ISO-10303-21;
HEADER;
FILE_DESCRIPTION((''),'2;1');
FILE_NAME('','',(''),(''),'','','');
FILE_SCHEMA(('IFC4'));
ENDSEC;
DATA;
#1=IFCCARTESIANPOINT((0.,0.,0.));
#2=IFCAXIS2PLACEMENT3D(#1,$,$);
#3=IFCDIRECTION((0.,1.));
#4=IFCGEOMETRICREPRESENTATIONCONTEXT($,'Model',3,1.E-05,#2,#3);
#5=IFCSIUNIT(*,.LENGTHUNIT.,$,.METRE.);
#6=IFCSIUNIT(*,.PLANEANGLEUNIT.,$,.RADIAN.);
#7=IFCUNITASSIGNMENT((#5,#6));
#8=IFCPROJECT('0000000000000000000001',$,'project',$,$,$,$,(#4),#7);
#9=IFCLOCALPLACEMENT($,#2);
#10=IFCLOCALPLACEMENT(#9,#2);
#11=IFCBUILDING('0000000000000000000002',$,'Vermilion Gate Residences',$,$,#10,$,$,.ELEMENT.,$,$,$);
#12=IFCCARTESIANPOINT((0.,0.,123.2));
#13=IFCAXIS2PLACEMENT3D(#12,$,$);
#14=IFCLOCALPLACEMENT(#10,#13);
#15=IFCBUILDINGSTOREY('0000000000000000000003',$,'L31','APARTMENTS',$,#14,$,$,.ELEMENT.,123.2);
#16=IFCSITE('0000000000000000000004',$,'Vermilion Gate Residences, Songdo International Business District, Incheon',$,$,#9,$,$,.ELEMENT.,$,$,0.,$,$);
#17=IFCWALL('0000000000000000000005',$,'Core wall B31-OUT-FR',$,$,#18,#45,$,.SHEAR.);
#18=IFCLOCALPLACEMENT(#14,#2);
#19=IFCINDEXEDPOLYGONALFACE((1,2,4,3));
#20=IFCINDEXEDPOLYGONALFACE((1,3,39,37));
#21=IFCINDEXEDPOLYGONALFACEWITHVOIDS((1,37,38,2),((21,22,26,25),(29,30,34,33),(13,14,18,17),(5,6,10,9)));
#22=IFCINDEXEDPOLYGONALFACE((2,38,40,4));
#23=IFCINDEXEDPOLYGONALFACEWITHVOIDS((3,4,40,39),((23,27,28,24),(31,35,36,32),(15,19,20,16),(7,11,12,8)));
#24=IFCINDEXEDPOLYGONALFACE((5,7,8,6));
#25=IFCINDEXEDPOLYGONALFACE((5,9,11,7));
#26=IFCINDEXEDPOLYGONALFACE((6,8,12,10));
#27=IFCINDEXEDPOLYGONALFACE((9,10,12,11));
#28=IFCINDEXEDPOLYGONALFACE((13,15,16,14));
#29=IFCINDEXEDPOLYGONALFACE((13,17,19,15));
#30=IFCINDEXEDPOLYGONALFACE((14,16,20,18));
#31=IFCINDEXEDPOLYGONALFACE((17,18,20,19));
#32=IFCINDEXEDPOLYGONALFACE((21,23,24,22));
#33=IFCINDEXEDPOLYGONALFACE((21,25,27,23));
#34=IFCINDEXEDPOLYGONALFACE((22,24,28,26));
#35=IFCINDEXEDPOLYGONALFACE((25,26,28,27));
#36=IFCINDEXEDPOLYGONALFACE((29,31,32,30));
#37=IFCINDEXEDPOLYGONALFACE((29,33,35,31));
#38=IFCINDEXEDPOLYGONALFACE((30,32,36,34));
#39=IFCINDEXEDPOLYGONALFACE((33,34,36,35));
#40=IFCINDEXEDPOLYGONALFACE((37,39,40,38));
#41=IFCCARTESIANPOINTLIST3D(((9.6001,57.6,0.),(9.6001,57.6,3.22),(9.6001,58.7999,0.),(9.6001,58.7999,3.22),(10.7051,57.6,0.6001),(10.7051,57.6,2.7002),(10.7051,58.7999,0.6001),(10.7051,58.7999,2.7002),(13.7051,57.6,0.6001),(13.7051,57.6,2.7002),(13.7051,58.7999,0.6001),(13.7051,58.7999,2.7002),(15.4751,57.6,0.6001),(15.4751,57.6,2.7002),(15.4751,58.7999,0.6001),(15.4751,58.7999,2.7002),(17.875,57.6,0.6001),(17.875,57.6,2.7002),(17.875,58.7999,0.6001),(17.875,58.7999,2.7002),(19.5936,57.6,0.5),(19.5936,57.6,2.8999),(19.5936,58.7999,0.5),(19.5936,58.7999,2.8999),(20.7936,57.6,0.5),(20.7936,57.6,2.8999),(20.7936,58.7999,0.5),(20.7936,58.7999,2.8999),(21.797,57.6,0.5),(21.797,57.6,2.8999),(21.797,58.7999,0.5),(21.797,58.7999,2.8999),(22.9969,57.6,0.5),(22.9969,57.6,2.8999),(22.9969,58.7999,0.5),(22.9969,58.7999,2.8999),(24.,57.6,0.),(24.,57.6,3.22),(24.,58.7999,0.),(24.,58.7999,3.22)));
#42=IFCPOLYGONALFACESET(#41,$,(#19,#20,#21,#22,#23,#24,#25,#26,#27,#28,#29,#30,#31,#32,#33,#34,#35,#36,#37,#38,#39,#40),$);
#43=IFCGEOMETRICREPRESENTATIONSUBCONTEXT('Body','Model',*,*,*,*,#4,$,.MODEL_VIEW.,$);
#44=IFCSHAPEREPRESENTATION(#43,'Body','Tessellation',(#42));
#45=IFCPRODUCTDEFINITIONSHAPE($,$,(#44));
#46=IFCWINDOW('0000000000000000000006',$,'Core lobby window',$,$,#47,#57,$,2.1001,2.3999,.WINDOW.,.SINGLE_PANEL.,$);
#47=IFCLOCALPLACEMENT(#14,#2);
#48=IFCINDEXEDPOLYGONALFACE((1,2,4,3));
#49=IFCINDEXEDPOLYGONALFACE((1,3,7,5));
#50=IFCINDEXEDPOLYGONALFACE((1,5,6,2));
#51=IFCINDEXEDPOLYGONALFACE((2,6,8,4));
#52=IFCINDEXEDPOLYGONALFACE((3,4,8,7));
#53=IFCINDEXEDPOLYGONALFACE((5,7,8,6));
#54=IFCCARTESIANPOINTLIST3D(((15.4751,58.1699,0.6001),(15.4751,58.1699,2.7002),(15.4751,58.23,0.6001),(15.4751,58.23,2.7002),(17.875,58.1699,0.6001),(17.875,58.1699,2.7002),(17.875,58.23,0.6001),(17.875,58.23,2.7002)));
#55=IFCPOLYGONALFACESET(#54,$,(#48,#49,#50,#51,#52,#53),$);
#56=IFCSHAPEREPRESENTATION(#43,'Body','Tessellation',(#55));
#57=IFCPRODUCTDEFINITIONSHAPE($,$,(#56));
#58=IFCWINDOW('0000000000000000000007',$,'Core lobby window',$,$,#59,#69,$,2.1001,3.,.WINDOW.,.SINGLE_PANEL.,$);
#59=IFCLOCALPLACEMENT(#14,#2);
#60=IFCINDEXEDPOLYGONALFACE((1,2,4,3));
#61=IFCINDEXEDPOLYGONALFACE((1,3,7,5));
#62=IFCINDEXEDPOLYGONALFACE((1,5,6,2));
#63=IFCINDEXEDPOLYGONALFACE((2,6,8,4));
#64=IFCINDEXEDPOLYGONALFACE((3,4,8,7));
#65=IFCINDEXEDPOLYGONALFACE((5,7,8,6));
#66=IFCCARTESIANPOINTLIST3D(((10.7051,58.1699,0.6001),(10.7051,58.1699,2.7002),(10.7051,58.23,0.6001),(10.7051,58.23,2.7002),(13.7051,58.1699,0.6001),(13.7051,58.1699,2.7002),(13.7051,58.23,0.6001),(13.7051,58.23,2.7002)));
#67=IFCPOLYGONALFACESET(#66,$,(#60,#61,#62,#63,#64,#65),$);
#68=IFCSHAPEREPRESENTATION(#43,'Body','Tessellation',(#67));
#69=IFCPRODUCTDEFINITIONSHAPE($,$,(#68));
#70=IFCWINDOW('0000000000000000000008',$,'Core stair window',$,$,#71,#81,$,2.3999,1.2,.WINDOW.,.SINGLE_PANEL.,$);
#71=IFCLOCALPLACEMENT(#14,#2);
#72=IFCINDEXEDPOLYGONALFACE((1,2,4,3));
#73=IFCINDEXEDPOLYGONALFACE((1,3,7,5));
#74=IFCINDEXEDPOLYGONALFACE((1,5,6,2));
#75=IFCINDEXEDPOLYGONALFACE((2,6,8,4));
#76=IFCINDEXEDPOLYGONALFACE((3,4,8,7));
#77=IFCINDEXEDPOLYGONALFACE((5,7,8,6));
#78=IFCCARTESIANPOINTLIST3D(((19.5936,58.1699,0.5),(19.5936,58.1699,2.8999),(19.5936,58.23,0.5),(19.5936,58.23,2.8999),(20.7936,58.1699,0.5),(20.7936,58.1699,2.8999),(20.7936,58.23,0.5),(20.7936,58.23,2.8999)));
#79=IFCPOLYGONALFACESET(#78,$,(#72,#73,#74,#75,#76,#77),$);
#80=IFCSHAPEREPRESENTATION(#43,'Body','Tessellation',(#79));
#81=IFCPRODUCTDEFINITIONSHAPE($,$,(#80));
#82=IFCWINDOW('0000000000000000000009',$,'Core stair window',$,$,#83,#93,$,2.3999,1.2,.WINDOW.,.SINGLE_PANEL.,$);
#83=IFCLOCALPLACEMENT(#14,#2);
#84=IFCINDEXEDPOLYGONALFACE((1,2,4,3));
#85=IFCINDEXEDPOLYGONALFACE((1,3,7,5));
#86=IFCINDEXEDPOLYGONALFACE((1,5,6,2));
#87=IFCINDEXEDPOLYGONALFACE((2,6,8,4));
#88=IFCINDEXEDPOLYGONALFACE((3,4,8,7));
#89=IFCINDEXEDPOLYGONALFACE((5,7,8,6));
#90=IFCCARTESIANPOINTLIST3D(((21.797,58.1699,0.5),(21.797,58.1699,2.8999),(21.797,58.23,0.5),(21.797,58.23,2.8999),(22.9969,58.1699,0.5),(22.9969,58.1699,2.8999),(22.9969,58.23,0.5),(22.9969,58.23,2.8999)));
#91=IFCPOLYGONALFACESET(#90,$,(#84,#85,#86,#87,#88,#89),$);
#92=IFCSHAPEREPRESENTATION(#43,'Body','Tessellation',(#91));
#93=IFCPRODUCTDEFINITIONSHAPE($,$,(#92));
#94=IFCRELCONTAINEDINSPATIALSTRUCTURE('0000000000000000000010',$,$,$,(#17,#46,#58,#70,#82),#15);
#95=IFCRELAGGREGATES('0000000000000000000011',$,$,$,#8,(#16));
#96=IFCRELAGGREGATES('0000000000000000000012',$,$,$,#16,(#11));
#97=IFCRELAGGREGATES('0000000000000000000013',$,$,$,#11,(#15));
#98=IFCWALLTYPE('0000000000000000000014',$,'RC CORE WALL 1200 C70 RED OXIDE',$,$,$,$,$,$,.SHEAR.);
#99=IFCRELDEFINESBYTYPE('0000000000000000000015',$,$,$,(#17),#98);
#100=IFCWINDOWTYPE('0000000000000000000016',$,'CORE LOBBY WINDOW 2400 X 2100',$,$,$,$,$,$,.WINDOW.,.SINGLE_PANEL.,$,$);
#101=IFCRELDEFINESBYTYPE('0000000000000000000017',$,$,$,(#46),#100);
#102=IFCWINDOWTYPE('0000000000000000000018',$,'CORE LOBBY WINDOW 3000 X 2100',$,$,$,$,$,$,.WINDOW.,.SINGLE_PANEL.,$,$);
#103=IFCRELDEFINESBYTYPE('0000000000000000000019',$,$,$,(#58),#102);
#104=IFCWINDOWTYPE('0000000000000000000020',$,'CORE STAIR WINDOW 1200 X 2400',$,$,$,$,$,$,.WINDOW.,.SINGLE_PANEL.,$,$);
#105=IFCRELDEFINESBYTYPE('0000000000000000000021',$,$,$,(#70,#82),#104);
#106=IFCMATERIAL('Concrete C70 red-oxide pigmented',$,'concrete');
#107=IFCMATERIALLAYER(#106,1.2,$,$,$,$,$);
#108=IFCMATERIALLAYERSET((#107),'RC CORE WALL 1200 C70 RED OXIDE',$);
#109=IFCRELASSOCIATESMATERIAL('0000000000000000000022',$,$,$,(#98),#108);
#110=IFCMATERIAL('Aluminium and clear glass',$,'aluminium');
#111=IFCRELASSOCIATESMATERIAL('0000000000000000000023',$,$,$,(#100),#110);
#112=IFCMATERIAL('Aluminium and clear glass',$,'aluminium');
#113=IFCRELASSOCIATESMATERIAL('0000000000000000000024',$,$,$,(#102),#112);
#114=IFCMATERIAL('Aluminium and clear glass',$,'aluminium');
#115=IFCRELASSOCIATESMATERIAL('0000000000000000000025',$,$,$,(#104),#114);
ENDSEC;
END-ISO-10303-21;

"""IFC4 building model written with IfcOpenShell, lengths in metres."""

from ifc_helpers import new_model, si_unit, direction, frame, frame_2d, origin, place, context, subcontext, project, spatial, rectangle, extrude, material, layer, layer_set, type_object, element, fill, save


model = new_model("IFC4")

# Units and contexts
model_context = context("Model", 3, precision=1e-05, world=origin(), true_north=direction((0.0, 1.0)))
body_context = subcontext(model_context, "Body", "Model", "MODEL_VIEW")
ifc_project = project(units=[si_unit("LENGTHUNIT", "METRE"), si_unit("PLANEANGLEUNIT", "RADIAN")], contexts=[model_context])

# Site, building, storey
site_placement = place(None, origin())
site = spatial("IfcSite", under=ifc_project, at=site_placement, Name="Vermilion Gate Residences, Songdo International Business District, Incheon", CompositionType="ELEMENT", RefElevation=0.0)
building_placement = place(site_placement, origin())
building = spatial("IfcBuilding", under=site, at=building_placement, Name="Vermilion Gate Residences", CompositionType="ELEMENT")
storey_placement = place(building_placement, frame((0.0, 0.0, 123.2)))
storey = spatial("IfcBuildingStorey", under=building, at=storey_placement, Name="L31", Description="APARTMENTS", CompositionType="ELEMENT", Elevation=123.2)

# Wall, openings, windows
ifc_material_1 = material(Name="Concrete C70 red-oxide pigmented", Category="concrete")
ifc_layer_1 = layer(ifc_material_1, 1.2)
ifc_layer_set_1 = layer_set([ifc_layer_1], Name="RC CORE WALL 1200 C70 RED OXIDE")
wall_type_1 = type_object("IfcWallType", Name="RC CORE WALL 1200 C70 RED OXIDE", PredefinedType="SHEAR", material=ifc_layer_set_1)
wall_1_placement = place(storey_placement, frame((9.6001, 58.2, 0.0), z_axis=(0.0, 0.0, 1.0), x_axis=(1.0, 0.0, 0.0)))
wall_1 = element("IfcWall", 1, at=wall_1_placement, inside=storey, type_object=wall_type_1, Name="Core wall B31-OUT-FR", PredefinedType="SHEAR", context=body_context, shape_type="SweptSolid", body=[
    extrude(rectangle(XDim=14.3999, YDim=1.2, at=frame_2d((7.2, 0.0))), origin(), (0.0, 0.0, 1.0), 3.22),
])
opening_1_placement = place(wall_1_placement, frame((1.105, 0.0, 0.6001)))
opening_1 = element("IfcOpeningElement", 2, at=opening_1_placement, cuts=wall_1, PredefinedType="OPENING", context=body_context, shape_type="SweptSolid", body=[
    extrude(rectangle(XDim=3.0, YDim=2.1001, at=frame_2d((1.5, 1.05))), frame((0.0, 0.6099, 0.0), z_axis=(0.0, -1.0, 0.0), x_axis=(1.0, 0.0, 0.0)), (0.0, 0.0, 1.0), 1.22),
])
opening_2_placement = place(wall_1_placement, frame((5.875, 0.0, 0.6001)))
opening_2 = element("IfcOpeningElement", 3, at=opening_2_placement, cuts=wall_1, PredefinedType="OPENING", context=body_context, shape_type="SweptSolid", body=[
    extrude(rectangle(XDim=2.3999, YDim=2.1001, at=frame_2d((1.2, 1.05))), frame((0.0, 0.6099, 0.0), z_axis=(0.0, -1.0, 0.0), x_axis=(1.0, 0.0, 0.0)), (0.0, 0.0, 1.0), 1.22),
])
opening_3_placement = place(wall_1_placement, frame((9.9934, 0.0, 0.5)))
opening_3 = element("IfcOpeningElement", 4, at=opening_3_placement, cuts=wall_1, PredefinedType="OPENING", context=body_context, shape_type="SweptSolid", body=[
    extrude(rectangle(XDim=1.2, YDim=2.3999, at=frame_2d((0.6001, 1.2))), frame((0.0, 0.6099, 0.0), z_axis=(0.0, -1.0, 0.0), x_axis=(1.0, 0.0, 0.0)), (0.0, 0.0, 1.0), 1.22),
])
opening_4_placement = place(wall_1_placement, frame((12.1968, 0.0, 0.5)))
opening_4 = element("IfcOpeningElement", 5, at=opening_4_placement, cuts=wall_1, PredefinedType="OPENING", context=body_context, shape_type="SweptSolid", body=[
    extrude(rectangle(XDim=1.2, YDim=2.3999, at=frame_2d((0.6001, 1.2))), frame((0.0, 0.6099, 0.0), z_axis=(0.0, -1.0, 0.0), x_axis=(1.0, 0.0, 0.0)), (0.0, 0.0, 1.0), 1.22),
])
ifc_material_2 = material(Name="Aluminium and clear glass", Category="aluminium")
window_type_1 = type_object("IfcWindowType", Name="CORE LOBBY WINDOW 2400 X 2100", PartitioningType="SINGLE_PANEL", PredefinedType="WINDOW", material=ifc_material_2)
window_1_placement = place(opening_2_placement, origin())
window_1 = element("IfcWindow", 6, at=window_1_placement, inside=storey, type_object=window_type_1, Name="Core lobby window", OverallHeight=2.1001, OverallWidth=2.3999, PartitioningType="SINGLE_PANEL", PredefinedType="WINDOW", context=body_context, shape_type="SweptSolid", body=[
    extrude(rectangle(XDim=2.3999, YDim=2.1001, at=frame_2d((1.2, 1.05))), frame((0.0, 0.03, 0.0), z_axis=(0.0, -1.0, 0.0), x_axis=(1.0, 0.0, 0.0)), (0.0, 0.0, 1.0), 0.0601),
])
fill(opening_2, window_1)
ifc_material_3 = material(Name="Aluminium and clear glass", Category="aluminium")
window_type_2 = type_object("IfcWindowType", Name="CORE LOBBY WINDOW 3000 X 2100", PartitioningType="SINGLE_PANEL", PredefinedType="WINDOW", material=ifc_material_3)
window_2_placement = place(opening_1_placement, origin())
window_2 = element("IfcWindow", 7, at=window_2_placement, inside=storey, type_object=window_type_2, Name="Core lobby window", OverallHeight=2.1001, OverallWidth=3.0, PartitioningType="SINGLE_PANEL", PredefinedType="WINDOW", context=body_context, shape_type="SweptSolid", body=[
    extrude(rectangle(XDim=3.0, YDim=2.1001, at=frame_2d((1.5, 1.05))), frame((0.0, 0.03, 0.0), z_axis=(0.0, -1.0, 0.0), x_axis=(1.0, 0.0, 0.0)), (0.0, 0.0, 1.0), 0.0601),
])
fill(opening_1, window_2)
ifc_material_4 = material(Name="Aluminium and clear glass", Category="aluminium")
window_type_3 = type_object("IfcWindowType", Name="CORE STAIR WINDOW 1200 X 2400", PartitioningType="SINGLE_PANEL", PredefinedType="WINDOW", material=ifc_material_4)
window_3_placement = place(opening_3_placement, origin())
window_3 = element("IfcWindow", 8, at=window_3_placement, inside=storey, type_object=window_type_3, Name="Core stair window", OverallHeight=2.3999, OverallWidth=1.2, PartitioningType="SINGLE_PANEL", PredefinedType="WINDOW", context=body_context, shape_type="SweptSolid", body=[
    extrude(rectangle(XDim=1.2, YDim=2.3999, at=frame_2d((0.6001, 1.2))), frame((0.0, 0.03, 0.0), z_axis=(0.0, -1.0, 0.0), x_axis=(1.0, 0.0, 0.0)), (0.0, 0.0, 1.0), 0.0601),
])
fill(opening_3, window_3)
window_4_placement = place(opening_4_placement, origin())
window_4 = element("IfcWindow", 9, at=window_4_placement, inside=storey, type_object=window_type_3, Name="Core stair window", OverallHeight=2.3999, OverallWidth=1.2, PartitioningType="SINGLE_PANEL", PredefinedType="WINDOW", context=body_context, shape_type="SweptSolid", body=[
    extrude(rectangle(XDim=1.2, YDim=2.3999, at=frame_2d((0.6001, 1.2))), frame((0.0, 0.03, 0.0), z_axis=(0.0, -1.0, 0.0), x_axis=(1.0, 0.0, 0.0)), (0.0, 0.0, 1.0), 0.0601),
])
fill(opening_4, window_4)

save(model, "model.ifc")
